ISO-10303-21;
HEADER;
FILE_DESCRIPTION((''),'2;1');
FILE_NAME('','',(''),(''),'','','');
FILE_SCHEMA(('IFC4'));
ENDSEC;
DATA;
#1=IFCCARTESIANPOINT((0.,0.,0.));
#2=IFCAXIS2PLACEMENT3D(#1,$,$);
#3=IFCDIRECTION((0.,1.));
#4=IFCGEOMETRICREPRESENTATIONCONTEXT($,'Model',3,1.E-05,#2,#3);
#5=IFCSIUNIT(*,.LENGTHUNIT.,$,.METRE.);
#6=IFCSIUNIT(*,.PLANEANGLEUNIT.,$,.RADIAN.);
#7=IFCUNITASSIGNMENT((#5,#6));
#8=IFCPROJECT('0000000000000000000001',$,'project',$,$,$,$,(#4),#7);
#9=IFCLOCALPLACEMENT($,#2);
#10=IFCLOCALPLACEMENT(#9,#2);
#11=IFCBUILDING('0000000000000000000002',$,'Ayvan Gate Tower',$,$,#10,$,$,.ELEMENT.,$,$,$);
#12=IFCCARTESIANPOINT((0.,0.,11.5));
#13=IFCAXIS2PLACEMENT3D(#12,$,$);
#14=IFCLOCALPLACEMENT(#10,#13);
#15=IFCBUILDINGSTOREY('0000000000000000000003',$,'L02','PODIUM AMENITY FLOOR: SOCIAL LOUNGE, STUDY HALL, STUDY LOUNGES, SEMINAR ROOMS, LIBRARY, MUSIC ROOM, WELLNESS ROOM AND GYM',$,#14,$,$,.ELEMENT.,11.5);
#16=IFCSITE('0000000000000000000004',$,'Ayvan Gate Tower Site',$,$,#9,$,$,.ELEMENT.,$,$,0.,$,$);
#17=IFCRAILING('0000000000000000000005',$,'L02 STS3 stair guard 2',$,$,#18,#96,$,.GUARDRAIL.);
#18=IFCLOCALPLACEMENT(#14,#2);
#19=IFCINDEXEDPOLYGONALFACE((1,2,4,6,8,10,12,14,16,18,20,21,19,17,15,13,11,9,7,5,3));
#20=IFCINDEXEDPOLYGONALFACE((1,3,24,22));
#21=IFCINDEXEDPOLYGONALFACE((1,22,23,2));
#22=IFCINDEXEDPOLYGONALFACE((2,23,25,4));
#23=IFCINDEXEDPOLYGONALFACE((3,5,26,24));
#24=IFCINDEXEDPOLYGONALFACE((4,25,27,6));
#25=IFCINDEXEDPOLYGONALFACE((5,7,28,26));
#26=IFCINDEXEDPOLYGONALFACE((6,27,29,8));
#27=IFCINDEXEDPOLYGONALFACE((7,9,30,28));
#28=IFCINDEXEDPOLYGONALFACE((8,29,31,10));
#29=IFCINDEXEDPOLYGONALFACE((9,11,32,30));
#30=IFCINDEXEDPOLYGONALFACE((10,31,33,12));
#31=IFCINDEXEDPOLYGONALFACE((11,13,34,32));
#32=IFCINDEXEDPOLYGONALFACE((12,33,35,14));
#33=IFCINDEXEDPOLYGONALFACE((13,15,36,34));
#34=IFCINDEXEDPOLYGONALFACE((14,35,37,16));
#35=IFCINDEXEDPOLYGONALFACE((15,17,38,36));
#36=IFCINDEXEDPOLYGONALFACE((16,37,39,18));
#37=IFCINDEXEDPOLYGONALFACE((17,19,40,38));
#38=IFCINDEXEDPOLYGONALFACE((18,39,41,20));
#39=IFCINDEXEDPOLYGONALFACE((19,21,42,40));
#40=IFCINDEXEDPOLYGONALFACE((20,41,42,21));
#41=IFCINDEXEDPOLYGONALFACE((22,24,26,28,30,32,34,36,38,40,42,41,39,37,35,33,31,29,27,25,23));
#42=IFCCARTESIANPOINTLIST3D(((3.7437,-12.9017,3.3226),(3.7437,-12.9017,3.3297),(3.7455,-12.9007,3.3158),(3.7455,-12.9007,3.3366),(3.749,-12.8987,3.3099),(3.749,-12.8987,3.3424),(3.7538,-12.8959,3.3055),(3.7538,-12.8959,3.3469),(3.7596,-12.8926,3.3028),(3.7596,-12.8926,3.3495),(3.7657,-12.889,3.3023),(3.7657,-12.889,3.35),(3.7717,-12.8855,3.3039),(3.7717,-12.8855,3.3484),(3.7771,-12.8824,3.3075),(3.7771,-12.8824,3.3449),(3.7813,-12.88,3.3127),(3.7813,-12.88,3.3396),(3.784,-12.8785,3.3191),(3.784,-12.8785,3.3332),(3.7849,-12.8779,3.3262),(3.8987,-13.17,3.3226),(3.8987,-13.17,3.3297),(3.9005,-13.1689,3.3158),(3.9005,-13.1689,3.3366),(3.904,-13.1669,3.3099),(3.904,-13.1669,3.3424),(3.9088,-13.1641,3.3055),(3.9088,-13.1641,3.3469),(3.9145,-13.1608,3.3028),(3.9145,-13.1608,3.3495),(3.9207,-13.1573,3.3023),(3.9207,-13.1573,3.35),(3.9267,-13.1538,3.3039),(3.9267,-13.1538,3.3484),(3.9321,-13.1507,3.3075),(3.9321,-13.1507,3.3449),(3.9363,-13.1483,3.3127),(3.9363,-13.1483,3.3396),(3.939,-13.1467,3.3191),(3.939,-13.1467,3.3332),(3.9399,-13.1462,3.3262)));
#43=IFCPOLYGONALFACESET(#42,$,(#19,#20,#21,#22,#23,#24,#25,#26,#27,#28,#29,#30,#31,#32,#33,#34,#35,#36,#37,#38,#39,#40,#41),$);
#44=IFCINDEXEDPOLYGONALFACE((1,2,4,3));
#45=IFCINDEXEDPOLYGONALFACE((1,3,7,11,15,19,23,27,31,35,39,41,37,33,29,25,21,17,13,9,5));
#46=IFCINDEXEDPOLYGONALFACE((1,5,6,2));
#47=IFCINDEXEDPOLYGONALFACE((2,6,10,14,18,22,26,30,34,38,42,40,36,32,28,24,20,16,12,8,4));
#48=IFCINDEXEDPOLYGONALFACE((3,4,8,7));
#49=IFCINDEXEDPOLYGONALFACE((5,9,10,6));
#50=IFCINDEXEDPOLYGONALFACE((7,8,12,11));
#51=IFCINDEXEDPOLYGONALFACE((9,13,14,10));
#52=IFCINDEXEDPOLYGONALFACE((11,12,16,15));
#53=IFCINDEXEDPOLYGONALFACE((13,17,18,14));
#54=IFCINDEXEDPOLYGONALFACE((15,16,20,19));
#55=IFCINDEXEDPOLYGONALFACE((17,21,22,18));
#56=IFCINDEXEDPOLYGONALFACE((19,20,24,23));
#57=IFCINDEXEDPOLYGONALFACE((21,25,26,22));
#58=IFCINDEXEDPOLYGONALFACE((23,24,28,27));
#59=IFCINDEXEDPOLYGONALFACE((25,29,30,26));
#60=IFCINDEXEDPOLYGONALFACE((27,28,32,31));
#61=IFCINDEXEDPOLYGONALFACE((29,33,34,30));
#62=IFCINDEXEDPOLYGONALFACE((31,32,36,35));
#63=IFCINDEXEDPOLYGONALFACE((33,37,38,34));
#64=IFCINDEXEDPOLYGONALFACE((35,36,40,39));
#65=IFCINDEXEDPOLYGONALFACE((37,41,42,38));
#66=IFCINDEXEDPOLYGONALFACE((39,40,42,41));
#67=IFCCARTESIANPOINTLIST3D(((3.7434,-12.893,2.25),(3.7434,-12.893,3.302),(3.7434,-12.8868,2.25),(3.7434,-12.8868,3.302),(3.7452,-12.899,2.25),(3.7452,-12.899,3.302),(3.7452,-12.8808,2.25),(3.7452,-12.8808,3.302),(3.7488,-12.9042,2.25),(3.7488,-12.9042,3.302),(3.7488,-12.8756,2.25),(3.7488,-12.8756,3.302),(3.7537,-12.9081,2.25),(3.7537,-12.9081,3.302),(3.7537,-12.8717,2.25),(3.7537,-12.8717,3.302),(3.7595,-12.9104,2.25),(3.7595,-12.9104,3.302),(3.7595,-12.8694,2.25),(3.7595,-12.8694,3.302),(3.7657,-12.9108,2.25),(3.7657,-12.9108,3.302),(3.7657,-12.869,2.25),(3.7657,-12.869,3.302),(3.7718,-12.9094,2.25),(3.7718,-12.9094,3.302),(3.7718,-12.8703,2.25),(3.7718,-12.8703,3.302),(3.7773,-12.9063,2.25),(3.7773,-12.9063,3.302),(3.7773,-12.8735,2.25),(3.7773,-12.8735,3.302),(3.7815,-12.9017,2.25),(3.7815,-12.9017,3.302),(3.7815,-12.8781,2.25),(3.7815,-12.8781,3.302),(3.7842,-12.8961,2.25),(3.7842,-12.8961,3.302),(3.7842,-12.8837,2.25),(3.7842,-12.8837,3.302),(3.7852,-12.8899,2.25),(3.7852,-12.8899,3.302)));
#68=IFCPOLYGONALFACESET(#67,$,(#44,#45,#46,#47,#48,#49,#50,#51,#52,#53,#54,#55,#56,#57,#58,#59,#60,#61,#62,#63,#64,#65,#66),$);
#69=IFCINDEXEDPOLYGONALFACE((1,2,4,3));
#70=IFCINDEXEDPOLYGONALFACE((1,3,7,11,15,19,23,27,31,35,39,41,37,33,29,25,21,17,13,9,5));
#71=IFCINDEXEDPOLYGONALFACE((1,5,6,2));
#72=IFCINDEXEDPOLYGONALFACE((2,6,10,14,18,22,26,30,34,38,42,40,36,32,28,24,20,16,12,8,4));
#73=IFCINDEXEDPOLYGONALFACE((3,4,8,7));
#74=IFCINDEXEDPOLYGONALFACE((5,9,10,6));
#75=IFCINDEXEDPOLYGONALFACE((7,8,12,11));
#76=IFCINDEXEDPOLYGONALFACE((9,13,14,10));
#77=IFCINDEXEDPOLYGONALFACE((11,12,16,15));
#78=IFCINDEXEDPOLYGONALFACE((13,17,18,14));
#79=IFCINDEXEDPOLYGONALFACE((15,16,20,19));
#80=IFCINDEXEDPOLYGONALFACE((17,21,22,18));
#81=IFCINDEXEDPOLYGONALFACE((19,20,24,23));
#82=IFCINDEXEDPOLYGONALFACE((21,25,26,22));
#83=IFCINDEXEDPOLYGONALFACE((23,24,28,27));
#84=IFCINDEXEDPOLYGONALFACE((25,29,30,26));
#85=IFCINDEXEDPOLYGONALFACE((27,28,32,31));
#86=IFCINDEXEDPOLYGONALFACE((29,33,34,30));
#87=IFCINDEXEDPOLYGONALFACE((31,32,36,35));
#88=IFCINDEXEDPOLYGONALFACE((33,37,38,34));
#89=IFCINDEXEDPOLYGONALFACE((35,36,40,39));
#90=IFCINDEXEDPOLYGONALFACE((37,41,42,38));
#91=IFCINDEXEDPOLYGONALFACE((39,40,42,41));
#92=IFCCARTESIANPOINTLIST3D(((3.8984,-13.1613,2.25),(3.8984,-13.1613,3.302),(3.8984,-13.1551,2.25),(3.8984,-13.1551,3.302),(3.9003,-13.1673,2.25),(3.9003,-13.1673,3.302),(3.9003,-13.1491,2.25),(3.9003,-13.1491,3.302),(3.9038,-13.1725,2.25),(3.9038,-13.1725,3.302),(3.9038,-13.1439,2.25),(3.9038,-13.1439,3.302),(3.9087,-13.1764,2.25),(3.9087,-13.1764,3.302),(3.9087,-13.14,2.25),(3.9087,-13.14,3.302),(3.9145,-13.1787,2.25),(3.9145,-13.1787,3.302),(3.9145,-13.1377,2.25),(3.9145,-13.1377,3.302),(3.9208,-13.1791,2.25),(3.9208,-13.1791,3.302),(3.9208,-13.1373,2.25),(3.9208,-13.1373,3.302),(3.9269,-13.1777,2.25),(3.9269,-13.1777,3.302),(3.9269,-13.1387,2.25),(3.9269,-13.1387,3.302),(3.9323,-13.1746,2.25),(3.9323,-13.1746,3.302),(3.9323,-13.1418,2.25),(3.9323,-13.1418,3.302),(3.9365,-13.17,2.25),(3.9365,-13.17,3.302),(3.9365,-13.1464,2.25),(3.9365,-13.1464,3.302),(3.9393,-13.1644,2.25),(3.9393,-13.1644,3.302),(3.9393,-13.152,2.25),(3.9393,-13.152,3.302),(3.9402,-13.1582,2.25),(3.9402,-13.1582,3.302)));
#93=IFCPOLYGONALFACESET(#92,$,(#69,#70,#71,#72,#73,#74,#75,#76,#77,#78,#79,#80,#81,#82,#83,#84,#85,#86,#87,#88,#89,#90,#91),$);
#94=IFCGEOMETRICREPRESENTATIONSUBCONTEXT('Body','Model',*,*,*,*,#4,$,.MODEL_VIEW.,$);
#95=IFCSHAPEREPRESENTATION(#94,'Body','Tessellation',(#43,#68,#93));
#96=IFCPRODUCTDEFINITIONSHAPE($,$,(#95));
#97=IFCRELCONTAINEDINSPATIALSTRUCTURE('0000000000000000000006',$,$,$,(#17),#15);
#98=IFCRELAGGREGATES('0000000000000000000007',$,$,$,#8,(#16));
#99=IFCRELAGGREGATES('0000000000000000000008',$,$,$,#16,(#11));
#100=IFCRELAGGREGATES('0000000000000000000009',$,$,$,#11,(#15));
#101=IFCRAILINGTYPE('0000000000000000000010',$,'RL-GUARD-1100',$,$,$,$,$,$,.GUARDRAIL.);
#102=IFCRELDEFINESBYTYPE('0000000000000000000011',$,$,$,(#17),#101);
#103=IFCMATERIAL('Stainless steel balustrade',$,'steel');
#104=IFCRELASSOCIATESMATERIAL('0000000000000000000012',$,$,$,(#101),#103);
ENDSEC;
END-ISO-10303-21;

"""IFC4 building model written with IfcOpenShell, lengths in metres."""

from ifc_helpers import new_model, si_unit, direction, frame, origin, origin_2d, place, context, subcontext, project, spatial, circle, extrude, material, type_object, element, save


model = new_model("IFC4")

# Units and contexts
model_context = context("Model", 3, precision=1e-05, world=origin(), true_north=direction((0.0, 1.0)))
body_context = subcontext(model_context, "Body", "Model", "MODEL_VIEW")
ifc_project = project(units=[si_unit("LENGTHUNIT", "METRE"), si_unit("PLANEANGLEUNIT", "RADIAN")], contexts=[model_context])

# Site, building, storey
site_placement = place(None, origin())
site = spatial("IfcSite", under=ifc_project, at=site_placement, Name="Ayvan Gate Tower Site", CompositionType="ELEMENT", RefElevation=0.0)
building_placement = place(site_placement, origin())
building = spatial("IfcBuilding", under=site, at=building_placement, Name="Ayvan Gate Tower", CompositionType="ELEMENT")
storey_placement = place(building_placement, frame((0.0, 0.0, 11.5)))
storey = spatial("IfcBuildingStorey", under=building, at=storey_placement, Name="L02", Description="PODIUM AMENITY FLOOR: SOCIAL LOUNGE, STUDY HALL, STUDY LOUNGES, SEMINAR ROOMS, LIBRARY, MUSIC ROOM, WELLNESS ROOM AND GYM", CompositionType="ELEMENT", Elevation=11.5)

# Railing
ifc_material_1 = material(Name="Stainless steel balustrade", Category="steel")
railing_type_1 = type_object("IfcRailingType", Name="RL-GUARD-1100", PredefinedType="GUARDRAIL", material=ifc_material_1)
railing_1_placement = place(storey_placement, frame((3.7642, -12.8899, 2.25)))
element("IfcRailing", 1, at=railing_1_placement, inside=storey, type_object=railing_type_1, Name="L02 STS3 stair guard 2", PredefinedType="GUARDRAIL", context=body_context, shape_type="SweptSolid", body=[
    extrude(circle(Radius=0.0239, at=origin_2d()), frame((0.0, 0.0, 1.0762), z_axis=(0.500291, -0.865857, 0.0), x_axis=(0.865857, 0.500291, 0.0)), (0.0, 0.0, 1.0), 0.3098),
    extrude(circle(Radius=0.021, at=origin_2d()), origin(), (0.0, 0.0, 1.0), 1.052),
    extrude(circle(Radius=0.021, at=origin_2d()), frame((0.155, -0.2683, 0.0)), (0.0, 0.0, 1.0), 1.052),
])

save(model, "model.ifc")
